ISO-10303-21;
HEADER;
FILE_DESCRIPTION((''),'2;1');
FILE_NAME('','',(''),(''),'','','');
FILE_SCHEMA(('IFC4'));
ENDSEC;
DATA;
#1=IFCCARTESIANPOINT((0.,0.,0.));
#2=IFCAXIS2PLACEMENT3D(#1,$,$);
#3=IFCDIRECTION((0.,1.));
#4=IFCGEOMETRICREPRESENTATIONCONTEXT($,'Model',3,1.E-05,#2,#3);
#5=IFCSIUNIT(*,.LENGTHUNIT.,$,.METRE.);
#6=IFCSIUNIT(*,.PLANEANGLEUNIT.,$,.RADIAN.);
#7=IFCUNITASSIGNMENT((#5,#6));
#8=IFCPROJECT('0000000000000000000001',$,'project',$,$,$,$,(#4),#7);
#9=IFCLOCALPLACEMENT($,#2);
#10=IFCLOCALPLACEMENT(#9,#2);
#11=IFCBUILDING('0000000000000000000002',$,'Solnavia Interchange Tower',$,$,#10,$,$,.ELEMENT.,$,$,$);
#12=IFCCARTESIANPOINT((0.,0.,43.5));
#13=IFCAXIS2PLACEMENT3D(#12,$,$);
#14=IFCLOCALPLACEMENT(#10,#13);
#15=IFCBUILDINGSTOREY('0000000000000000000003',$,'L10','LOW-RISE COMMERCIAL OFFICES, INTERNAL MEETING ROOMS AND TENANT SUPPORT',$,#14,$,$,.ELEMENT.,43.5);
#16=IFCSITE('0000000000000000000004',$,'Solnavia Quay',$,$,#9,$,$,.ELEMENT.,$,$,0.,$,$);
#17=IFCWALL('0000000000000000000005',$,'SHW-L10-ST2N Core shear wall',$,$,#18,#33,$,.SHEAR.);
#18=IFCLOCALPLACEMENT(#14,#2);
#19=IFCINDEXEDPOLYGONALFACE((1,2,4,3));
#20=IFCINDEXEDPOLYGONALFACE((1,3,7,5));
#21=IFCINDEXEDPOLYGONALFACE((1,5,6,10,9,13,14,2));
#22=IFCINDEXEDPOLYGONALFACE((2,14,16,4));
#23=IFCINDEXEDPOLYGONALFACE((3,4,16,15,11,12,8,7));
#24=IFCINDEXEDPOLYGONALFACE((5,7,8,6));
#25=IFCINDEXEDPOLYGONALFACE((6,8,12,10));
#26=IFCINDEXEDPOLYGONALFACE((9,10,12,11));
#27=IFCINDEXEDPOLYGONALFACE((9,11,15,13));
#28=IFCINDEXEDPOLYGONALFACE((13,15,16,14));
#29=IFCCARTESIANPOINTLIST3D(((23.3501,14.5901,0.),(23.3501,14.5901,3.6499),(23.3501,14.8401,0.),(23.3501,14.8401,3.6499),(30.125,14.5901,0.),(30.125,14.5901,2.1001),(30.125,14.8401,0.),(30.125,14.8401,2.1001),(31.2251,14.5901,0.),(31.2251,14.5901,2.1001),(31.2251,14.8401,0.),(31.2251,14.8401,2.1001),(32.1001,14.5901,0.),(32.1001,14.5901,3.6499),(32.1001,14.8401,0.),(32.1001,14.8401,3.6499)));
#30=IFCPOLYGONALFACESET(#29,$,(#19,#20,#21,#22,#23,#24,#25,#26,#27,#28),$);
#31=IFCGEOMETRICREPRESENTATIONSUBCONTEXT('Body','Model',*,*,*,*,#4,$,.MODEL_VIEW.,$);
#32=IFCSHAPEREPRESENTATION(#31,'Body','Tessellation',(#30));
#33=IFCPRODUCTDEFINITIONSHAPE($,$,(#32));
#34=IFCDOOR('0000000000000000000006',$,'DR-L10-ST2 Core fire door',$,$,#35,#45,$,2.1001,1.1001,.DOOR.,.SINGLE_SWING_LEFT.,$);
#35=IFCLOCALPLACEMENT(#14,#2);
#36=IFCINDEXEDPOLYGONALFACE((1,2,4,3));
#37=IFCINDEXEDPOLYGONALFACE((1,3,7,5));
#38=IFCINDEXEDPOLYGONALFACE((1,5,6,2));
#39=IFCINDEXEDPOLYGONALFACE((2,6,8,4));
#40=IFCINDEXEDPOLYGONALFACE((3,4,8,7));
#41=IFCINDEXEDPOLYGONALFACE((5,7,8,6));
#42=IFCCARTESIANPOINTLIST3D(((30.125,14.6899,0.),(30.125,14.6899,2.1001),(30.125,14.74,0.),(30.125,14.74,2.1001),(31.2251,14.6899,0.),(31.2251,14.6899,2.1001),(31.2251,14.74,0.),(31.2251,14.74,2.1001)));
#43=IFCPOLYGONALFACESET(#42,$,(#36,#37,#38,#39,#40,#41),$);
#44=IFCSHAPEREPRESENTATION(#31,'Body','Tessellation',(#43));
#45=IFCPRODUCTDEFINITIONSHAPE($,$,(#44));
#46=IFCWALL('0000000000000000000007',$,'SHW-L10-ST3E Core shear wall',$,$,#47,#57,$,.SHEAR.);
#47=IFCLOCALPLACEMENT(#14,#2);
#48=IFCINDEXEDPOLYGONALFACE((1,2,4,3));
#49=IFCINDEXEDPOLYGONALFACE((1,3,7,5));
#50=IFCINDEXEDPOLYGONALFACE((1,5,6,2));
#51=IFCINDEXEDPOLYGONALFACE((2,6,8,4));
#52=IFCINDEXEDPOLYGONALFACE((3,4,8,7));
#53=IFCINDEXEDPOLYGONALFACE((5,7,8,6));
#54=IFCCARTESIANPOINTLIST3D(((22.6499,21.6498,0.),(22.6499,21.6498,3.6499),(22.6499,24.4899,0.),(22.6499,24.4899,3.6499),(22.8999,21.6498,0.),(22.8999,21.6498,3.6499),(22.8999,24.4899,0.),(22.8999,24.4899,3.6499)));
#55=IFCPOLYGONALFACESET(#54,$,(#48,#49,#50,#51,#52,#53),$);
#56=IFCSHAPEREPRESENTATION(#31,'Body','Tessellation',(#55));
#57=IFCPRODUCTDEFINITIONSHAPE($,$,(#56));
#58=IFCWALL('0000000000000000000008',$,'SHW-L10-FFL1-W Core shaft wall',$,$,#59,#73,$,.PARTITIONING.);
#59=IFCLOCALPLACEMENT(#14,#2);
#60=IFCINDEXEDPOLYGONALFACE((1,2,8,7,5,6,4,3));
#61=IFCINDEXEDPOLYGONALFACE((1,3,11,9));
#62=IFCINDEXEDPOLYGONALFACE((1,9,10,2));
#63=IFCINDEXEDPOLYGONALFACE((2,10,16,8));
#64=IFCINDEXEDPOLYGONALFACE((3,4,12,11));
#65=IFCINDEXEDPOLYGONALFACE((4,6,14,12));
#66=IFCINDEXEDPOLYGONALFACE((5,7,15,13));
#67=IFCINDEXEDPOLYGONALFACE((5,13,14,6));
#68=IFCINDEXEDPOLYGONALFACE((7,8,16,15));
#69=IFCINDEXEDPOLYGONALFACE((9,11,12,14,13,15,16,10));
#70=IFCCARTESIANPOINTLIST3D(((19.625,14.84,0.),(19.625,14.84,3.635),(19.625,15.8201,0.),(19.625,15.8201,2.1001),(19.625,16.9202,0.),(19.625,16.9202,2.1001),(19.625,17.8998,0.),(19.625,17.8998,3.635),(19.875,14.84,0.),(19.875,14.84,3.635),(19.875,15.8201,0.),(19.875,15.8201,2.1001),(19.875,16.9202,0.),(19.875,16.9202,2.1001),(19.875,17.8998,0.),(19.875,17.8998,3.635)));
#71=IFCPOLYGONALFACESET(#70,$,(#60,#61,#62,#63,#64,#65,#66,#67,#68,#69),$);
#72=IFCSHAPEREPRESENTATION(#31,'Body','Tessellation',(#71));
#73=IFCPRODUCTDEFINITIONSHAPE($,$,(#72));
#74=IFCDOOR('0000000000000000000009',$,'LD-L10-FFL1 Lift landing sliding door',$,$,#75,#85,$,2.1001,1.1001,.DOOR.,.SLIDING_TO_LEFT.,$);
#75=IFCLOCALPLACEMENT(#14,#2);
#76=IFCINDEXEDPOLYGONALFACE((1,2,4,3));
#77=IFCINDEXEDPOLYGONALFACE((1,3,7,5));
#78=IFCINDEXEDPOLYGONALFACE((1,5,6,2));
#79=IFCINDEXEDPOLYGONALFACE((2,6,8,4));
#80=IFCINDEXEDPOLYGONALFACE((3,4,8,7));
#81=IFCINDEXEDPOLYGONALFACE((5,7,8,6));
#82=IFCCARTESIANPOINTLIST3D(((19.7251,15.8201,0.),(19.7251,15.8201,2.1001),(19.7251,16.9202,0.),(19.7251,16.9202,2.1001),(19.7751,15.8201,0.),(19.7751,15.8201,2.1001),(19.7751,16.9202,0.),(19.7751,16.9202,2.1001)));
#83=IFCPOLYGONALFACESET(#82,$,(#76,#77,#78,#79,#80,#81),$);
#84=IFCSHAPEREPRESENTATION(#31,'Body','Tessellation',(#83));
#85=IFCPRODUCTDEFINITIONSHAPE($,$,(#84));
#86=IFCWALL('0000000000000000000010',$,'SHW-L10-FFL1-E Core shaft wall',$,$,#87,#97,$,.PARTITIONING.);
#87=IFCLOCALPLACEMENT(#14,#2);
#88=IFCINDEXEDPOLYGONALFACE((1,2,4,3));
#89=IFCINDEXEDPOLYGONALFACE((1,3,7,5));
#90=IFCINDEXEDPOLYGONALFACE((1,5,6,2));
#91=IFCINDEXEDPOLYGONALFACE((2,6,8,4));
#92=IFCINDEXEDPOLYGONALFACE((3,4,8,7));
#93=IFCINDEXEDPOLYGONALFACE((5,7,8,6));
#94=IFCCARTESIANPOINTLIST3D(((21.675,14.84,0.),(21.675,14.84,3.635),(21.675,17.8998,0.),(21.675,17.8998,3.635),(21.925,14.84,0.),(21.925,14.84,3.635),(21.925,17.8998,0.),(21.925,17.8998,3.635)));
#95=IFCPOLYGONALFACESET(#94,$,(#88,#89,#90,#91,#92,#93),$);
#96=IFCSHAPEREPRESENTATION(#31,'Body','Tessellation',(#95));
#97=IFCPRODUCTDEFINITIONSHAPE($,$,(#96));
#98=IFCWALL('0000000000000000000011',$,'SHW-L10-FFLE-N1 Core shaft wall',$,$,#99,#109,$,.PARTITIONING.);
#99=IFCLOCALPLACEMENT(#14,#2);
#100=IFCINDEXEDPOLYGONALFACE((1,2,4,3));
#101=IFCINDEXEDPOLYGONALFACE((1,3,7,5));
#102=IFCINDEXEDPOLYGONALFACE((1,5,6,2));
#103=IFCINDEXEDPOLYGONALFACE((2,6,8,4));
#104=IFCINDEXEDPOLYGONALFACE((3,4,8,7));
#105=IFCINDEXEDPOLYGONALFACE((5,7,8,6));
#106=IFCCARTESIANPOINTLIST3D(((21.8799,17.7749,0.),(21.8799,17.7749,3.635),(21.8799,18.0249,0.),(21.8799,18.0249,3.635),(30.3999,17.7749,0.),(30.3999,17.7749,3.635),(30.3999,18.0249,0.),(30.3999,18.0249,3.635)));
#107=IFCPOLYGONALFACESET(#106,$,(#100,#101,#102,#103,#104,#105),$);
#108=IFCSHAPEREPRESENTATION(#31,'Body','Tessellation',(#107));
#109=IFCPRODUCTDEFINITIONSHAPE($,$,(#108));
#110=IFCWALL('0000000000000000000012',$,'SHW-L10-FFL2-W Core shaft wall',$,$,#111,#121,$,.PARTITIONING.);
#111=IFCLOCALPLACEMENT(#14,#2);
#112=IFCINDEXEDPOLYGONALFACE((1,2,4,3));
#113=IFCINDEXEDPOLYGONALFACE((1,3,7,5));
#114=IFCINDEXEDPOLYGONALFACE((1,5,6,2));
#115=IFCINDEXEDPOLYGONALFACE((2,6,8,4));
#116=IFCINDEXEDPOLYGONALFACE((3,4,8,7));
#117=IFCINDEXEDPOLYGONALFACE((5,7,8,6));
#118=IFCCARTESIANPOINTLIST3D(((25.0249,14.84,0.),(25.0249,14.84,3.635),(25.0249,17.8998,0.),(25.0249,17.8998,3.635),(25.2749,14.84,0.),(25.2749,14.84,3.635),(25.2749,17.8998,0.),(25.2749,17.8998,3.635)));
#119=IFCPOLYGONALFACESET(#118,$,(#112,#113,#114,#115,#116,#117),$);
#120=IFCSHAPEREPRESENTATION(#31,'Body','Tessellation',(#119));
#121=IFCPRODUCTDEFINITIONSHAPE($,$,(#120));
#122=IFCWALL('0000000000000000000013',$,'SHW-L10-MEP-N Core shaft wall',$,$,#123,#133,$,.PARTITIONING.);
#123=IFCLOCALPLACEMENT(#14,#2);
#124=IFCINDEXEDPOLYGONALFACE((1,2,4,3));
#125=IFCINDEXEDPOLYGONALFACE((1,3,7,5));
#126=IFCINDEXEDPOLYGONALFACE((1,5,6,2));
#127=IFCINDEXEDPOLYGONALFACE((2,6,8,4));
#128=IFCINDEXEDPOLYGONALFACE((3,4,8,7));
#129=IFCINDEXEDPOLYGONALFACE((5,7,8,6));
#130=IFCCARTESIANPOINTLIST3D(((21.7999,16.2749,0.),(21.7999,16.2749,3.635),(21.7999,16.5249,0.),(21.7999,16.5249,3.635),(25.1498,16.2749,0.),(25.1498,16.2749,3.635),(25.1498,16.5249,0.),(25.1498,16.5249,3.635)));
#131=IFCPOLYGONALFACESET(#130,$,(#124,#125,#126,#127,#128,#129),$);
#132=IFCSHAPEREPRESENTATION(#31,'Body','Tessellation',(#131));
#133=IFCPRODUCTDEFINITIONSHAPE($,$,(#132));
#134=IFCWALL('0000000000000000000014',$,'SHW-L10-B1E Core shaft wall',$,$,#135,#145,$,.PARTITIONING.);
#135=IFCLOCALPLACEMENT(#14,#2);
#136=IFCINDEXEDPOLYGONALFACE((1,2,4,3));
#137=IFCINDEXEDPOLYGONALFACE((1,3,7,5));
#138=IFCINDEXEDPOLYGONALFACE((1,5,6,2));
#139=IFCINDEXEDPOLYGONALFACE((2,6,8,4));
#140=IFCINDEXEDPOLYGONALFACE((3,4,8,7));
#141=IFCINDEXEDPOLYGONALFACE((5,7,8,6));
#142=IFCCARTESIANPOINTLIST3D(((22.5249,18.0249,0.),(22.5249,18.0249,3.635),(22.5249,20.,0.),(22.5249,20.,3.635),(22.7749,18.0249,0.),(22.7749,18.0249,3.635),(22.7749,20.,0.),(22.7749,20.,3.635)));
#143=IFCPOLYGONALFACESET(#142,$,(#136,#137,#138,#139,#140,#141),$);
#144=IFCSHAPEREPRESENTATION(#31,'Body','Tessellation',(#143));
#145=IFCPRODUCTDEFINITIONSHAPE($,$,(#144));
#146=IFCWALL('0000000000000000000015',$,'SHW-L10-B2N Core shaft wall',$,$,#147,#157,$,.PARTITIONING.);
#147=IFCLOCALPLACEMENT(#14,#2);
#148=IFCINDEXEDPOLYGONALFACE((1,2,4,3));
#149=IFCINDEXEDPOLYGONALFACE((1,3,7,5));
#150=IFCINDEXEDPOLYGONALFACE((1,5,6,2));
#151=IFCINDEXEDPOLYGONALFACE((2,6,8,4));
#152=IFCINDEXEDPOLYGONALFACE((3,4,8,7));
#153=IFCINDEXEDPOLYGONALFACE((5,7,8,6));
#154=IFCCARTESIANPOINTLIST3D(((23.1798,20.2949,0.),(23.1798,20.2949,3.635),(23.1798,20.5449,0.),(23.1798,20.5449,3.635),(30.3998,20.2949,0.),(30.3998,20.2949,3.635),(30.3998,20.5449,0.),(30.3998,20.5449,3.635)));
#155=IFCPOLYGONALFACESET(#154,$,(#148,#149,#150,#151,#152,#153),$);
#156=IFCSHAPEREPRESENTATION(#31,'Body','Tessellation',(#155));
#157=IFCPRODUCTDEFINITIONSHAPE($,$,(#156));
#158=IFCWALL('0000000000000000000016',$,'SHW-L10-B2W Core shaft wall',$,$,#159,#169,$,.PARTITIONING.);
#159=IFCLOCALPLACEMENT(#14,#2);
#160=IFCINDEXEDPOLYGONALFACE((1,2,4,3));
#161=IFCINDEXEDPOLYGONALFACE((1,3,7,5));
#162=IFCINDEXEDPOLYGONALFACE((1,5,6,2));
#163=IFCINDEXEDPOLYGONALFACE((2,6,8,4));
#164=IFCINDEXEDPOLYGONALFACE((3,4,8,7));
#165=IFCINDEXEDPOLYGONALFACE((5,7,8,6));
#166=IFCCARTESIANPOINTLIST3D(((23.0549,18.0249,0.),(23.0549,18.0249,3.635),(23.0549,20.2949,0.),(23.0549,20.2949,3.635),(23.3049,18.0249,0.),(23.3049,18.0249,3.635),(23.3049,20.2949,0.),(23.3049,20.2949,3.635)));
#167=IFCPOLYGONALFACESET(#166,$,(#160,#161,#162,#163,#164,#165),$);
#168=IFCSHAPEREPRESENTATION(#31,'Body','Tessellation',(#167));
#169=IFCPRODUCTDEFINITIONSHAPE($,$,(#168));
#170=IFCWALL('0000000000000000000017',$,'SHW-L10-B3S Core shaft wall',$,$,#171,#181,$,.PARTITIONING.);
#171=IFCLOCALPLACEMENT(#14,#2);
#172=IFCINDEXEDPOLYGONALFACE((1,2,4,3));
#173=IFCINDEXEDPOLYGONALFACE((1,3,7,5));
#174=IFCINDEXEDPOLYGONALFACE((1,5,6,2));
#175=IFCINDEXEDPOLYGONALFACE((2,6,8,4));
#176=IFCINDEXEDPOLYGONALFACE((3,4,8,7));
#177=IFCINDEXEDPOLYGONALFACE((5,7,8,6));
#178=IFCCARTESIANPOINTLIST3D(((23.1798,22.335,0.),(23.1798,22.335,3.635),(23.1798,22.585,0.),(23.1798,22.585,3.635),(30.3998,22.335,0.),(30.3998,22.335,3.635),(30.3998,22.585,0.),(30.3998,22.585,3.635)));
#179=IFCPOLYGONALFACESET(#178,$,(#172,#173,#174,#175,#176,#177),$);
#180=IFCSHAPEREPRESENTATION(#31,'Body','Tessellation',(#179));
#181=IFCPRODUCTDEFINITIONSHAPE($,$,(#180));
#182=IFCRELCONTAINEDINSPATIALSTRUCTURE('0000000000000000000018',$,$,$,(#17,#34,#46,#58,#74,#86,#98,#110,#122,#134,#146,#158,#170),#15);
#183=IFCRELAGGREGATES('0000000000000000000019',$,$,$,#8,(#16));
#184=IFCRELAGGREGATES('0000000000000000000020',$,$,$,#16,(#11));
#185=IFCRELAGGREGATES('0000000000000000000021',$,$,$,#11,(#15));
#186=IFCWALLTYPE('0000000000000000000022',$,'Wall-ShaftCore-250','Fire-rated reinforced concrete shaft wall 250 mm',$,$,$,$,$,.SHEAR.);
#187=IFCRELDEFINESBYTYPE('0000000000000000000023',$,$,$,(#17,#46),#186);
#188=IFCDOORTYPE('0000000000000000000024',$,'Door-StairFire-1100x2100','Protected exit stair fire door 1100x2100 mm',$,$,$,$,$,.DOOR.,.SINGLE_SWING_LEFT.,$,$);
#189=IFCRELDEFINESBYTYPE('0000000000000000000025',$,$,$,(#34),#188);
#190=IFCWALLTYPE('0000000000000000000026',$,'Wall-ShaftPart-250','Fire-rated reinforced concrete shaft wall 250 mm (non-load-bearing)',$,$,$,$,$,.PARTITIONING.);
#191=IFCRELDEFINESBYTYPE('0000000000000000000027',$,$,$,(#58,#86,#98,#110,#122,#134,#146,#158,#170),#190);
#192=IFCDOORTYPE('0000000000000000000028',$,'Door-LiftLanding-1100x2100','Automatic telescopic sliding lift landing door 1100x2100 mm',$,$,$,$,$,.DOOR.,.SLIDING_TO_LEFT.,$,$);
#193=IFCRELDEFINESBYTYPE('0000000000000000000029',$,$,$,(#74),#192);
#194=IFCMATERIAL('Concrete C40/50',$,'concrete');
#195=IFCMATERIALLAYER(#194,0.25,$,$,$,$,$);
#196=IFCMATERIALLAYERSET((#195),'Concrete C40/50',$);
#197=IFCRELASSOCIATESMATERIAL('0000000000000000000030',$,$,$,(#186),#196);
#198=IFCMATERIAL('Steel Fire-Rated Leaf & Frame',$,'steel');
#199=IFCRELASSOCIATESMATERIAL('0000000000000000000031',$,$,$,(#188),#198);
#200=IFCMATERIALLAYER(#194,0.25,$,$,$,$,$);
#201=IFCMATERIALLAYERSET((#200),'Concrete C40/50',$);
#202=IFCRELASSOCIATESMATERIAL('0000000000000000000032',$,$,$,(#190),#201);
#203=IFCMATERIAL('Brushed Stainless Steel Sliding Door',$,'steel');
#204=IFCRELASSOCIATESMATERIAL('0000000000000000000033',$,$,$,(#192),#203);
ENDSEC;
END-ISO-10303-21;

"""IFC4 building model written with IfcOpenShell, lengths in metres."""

from ifc_helpers import new_model, si_unit, direction, frame, frame_2d, origin, place, context, subcontext, project, spatial, rectangle, extrude, material, layer, layer_set, type_object, element, fill, save


model = new_model("IFC4")

# Units and contexts
model_context = context("Model", 3, precision=1e-05, world=origin(), true_north=direction((0.0, 1.0)))
body_context = subcontext(model_context, "Body", "Model", "MODEL_VIEW")
ifc_project = project(units=[si_unit("LENGTHUNIT", "METRE"), si_unit("PLANEANGLEUNIT", "RADIAN")], contexts=[model_context])

# Site, building, storey
site_placement = place(None, origin())
site = spatial("IfcSite", under=ifc_project, at=site_placement, Name="Solnavia Quay", CompositionType="ELEMENT", RefElevation=0.0)
building_placement = place(site_placement, origin())
building = spatial("IfcBuilding", under=site, at=building_placement, Name="Solnavia Interchange Tower", CompositionType="ELEMENT")
storey_placement = place(building_placement, frame((0.0, 0.0, 43.5)))
storey = spatial("IfcBuildingStorey", under=building, at=storey_placement, Name="L10", Description="LOW-RISE COMMERCIAL OFFICES, INTERNAL MEETING ROOMS AND TENANT SUPPORT", CompositionType="ELEMENT", Elevation=43.5)

# Wall, opening, door
ifc_material_1 = material(Name="Concrete C40/50", Category="concrete")
ifc_layer_1 = layer(ifc_material_1, 0.25)
ifc_layer_set_1 = layer_set([ifc_layer_1], Name="Concrete C40/50")
wall_type_1 = type_object("IfcWallType", Name="Wall-ShaftCore-250", Description="Fire-rated reinforced concrete shaft wall 250 mm", PredefinedType="SHEAR", material=ifc_layer_set_1)
wall_1_placement = place(storey_placement, frame((23.3501, 14.7151, 0.0), z_axis=(0.0, 0.0, 1.0), x_axis=(1.0, 0.0, 0.0)))
wall_1 = element("IfcWall", 1, at=wall_1_placement, inside=storey, type_object=wall_type_1, Name="SHW-L10-ST2N Core shear wall", PredefinedType="SHEAR", context=body_context, shape_type="SweptSolid", body=[
    extrude(rectangle(XDim=8.75, YDim=0.25, at=frame_2d((4.375, 0.0))), origin(), (0.0, 0.0, 1.0), 3.6499),
])
opening_1_placement = place(wall_1_placement, frame((6.7749, 0.0, 0.0)))
opening_1 = element("IfcOpeningElement", 2, at=opening_1_placement, cuts=wall_1, PredefinedType="OPENING", context=body_context, shape_type="SweptSolid", body=[
    extrude(rectangle(XDim=1.1001, YDim=2.1001, at=frame_2d((0.55, 1.05))), frame((0.0, 0.135, 0.0), z_axis=(0.0, -1.0, 0.0), x_axis=(1.0, 0.0, 0.0)), (0.0, 0.0, 1.0), 0.27),
])
ifc_material_2 = material(Name="Steel Fire-Rated Leaf & Frame", Category="steel")
door_type_1 = type_object("IfcDoorType", Name="Door-StairFire-1100x2100", Description="Protected exit stair fire door 1100x2100 mm", OperationType="SINGLE_SWING_LEFT", PredefinedType="DOOR", material=ifc_material_2)
door_1_placement = place(opening_1_placement, origin())
door_1 = element("IfcDoor", 3, at=door_1_placement, inside=storey, type_object=door_type_1, Name="DR-L10-ST2 Core fire door", OperationType="SINGLE_SWING_LEFT", OverallHeight=2.1001, OverallWidth=1.1001, PredefinedType="DOOR", context=body_context, shape_type="SweptSolid", body=[
    extrude(rectangle(XDim=1.1001, YDim=2.1001, at=frame_2d((0.55, 1.05))), frame((0.0, 0.0249, 0.0), z_axis=(0.0, -1.0, 0.0), x_axis=(1.0, 0.0, 0.0)), (0.0, 0.0, 1.0), 0.05),
])
fill(opening_1, door_1)

# Wall
wall_2_placement = place(storey_placement, frame((22.7749, 21.6499, 0.0), z_axis=(0.0, 0.0, 1.0), x_axis=(0.0, 1.0, 0.0)))
element("IfcWall", 4, at=wall_2_placement, inside=storey, type_object=wall_type_1, Name="SHW-L10-ST3E Core shear wall", PredefinedType="SHEAR", context=body_context, shape_type="SweptSolid", body=[
    extrude(rectangle(XDim=2.8401, YDim=0.25, at=frame_2d((1.4199, 0.0))), origin(), (0.0, 0.0, 1.0), 3.6499),
])

# Wall, opening, door
ifc_layer_2 = layer(ifc_material_1, 0.25)
ifc_layer_set_2 = layer_set([ifc_layer_2], Name="Concrete C40/50")
wall_type_2 = type_object("IfcWallType", Name="Wall-ShaftPart-250", Description="Fire-rated reinforced concrete shaft wall 250 mm (non-load-bearing)", PredefinedType="PARTITIONING", material=ifc_layer_set_2)
wall_3_placement = place(storey_placement, frame((19.75, 14.8401, 0.0), z_axis=(0.0, 0.0, 1.0), x_axis=(0.0, 1.0, 0.0)))
wall_3 = element("IfcWall", 5, at=wall_3_placement, inside=storey, type_object=wall_type_2, Name="SHW-L10-FFL1-W Core shaft wall", PredefinedType="PARTITIONING", context=body_context, shape_type="SweptSolid", body=[
    extrude(rectangle(XDim=3.0598, YDim=0.25, at=frame_2d((1.5298, 0.0))), origin(), (0.0, 0.0, 1.0), 3.635),
])
opening_2_placement = place(wall_3_placement, frame((0.98, 0.0, 0.0)))
opening_2 = element("IfcOpeningElement", 6, at=opening_2_placement, cuts=wall_3, PredefinedType="OPENING", context=body_context, shape_type="SweptSolid", body=[
    extrude(rectangle(XDim=1.1001, YDim=2.1001, at=frame_2d((0.55, 1.05))), frame((0.0, 0.135, 0.0), z_axis=(0.0, -1.0, 0.0), x_axis=(1.0, 0.0, 0.0)), (0.0, 0.0, 1.0), 0.27),
])
ifc_material_3 = material(Name="Brushed Stainless Steel Sliding Door", Category="steel")
door_type_2 = type_object("IfcDoorType", Name="Door-LiftLanding-1100x2100", Description="Automatic telescopic sliding lift landing door 1100x2100 mm", OperationType="SLIDING_TO_LEFT", PredefinedType="DOOR", material=ifc_material_3)
door_2_placement = place(opening_2_placement, origin())
door_2 = element("IfcDoor", 7, at=door_2_placement, inside=storey, type_object=door_type_2, Name="LD-L10-FFL1 Lift landing sliding door", OperationType="SLIDING_TO_LEFT", OverallHeight=2.1001, OverallWidth=1.1001, PredefinedType="DOOR", context=body_context, shape_type="SweptSolid", body=[
    extrude(rectangle(XDim=1.1001, YDim=2.1001, at=frame_2d((0.55, 1.05))), frame((0.0, 0.0249, 0.0), z_axis=(0.0, -1.0, 0.0), x_axis=(1.0, 0.0, 0.0)), (0.0, 0.0, 1.0), 0.05),
])
fill(opening_2, door_2)

# Walls
wall_4_placement = place(storey_placement, frame((21.8, 14.8401, 0.0), z_axis=(0.0, 0.0, 1.0), x_axis=(0.0, 1.0, 0.0)))
element("IfcWall", 8, at=wall_4_placement, inside=storey, type_object=wall_type_2, Name="SHW-L10-FFL1-E Core shaft wall", PredefinedType="PARTITIONING", context=body_context, shape_type="SweptSolid", body=[
    extrude(rectangle(XDim=3.0598, YDim=0.25, at=frame_2d((1.5298, 0.0))), origin(), (0.0, 0.0, 1.0), 3.635),
])
wall_5_placement = place(storey_placement, frame((21.8799, 17.8999, 0.0), z_axis=(0.0, 0.0, 1.0), x_axis=(1.0, 0.0, 0.0)))
element("IfcWall", 9, at=wall_5_placement, inside=storey, type_object=wall_type_2, Name="SHW-L10-FFLE-N1 Core shaft wall", PredefinedType="PARTITIONING", context=body_context, shape_type="SweptSolid", body=[
    extrude(rectangle(XDim=8.52, YDim=0.25, at=frame_2d((4.26, 0.0))), origin(), (0.0, 0.0, 1.0), 3.635),
])
wall_6_placement = place(storey_placement, frame((25.1499, 14.8401, 0.0), z_axis=(0.0, 0.0, 1.0), x_axis=(0.0, 1.0, 0.0)))
element("IfcWall", 10, at=wall_6_placement, inside=storey, type_object=wall_type_2, Name="SHW-L10-FFL2-W Core shaft wall", PredefinedType="PARTITIONING", context=body_context, shape_type="SweptSolid", body=[
    extrude(rectangle(XDim=3.0598, YDim=0.25, at=frame_2d((1.5298, 0.0))), origin(), (0.0, 0.0, 1.0), 3.635),
])
wall_7_placement = place(storey_placement, frame((21.8, 16.3999, 0.0), z_axis=(0.0, 0.0, 1.0), x_axis=(1.0, 0.0, 0.0)))
element("IfcWall", 11, at=wall_7_placement, inside=storey, type_object=wall_type_2, Name="SHW-L10-MEP-N Core shaft wall", PredefinedType="PARTITIONING", context=body_context, shape_type="SweptSolid", body=[
    extrude(rectangle(XDim=3.3499, YDim=0.25, at=frame_2d((1.6748, 0.0))), origin(), (0.0, 0.0, 1.0), 3.635),
])
wall_8_placement = place(storey_placement, frame((22.6499, 18.0249, 0.0), z_axis=(0.0, 0.0, 1.0), x_axis=(0.0, 1.0, 0.0)))
element("IfcWall", 12, at=wall_8_placement, inside=storey, type_object=wall_type_2, Name="SHW-L10-B1E Core shaft wall", PredefinedType="PARTITIONING", context=body_context, shape_type="SweptSolid", body=[
    extrude(rectangle(XDim=1.9751, YDim=0.25, at=frame_2d((0.9875, 0.0))), origin(), (0.0, 0.0, 1.0), 3.635),
])
wall_9_placement = place(storey_placement, frame((23.1799, 20.4199, 0.0), z_axis=(0.0, 0.0, 1.0), x_axis=(1.0, 0.0, 0.0)))
element("IfcWall", 13, at=wall_9_placement, inside=storey, type_object=wall_type_2, Name="SHW-L10-B2N Core shaft wall", PredefinedType="PARTITIONING", context=body_context, shape_type="SweptSolid", body=[
    extrude(rectangle(XDim=7.22, YDim=0.25, at=frame_2d((3.6099, 0.0))), origin(), (0.0, 0.0, 1.0), 3.635),
])
wall_10_placement = place(storey_placement, frame((23.1799, 18.0249, 0.0), z_axis=(0.0, 0.0, 1.0), x_axis=(0.0, 1.0, 0.0)))
element("IfcWall", 14, at=wall_10_placement, inside=storey, type_object=wall_type_2, Name="SHW-L10-B2W Core shaft wall", PredefinedType="PARTITIONING", context=body_context, shape_type="SweptSolid", body=[
    extrude(rectangle(XDim=2.27, YDim=0.25, at=frame_2d((1.135, 0.0))), origin(), (0.0, 0.0, 1.0), 3.635),
])
wall_11_placement = place(storey_placement, frame((23.1799, 22.46, 0.0), z_axis=(0.0, 0.0, 1.0), x_axis=(1.0, 0.0, 0.0)))
element("IfcWall", 15, at=wall_11_placement, inside=storey, type_object=wall_type_2, Name="SHW-L10-B3S Core shaft wall", PredefinedType="PARTITIONING", context=body_context, shape_type="SweptSolid", body=[
    extrude(rectangle(XDim=7.22, YDim=0.25, at=frame_2d((3.6099, 0.0))), origin(), (0.0, 0.0, 1.0), 3.635),
])

save(model, "model.ifc")
